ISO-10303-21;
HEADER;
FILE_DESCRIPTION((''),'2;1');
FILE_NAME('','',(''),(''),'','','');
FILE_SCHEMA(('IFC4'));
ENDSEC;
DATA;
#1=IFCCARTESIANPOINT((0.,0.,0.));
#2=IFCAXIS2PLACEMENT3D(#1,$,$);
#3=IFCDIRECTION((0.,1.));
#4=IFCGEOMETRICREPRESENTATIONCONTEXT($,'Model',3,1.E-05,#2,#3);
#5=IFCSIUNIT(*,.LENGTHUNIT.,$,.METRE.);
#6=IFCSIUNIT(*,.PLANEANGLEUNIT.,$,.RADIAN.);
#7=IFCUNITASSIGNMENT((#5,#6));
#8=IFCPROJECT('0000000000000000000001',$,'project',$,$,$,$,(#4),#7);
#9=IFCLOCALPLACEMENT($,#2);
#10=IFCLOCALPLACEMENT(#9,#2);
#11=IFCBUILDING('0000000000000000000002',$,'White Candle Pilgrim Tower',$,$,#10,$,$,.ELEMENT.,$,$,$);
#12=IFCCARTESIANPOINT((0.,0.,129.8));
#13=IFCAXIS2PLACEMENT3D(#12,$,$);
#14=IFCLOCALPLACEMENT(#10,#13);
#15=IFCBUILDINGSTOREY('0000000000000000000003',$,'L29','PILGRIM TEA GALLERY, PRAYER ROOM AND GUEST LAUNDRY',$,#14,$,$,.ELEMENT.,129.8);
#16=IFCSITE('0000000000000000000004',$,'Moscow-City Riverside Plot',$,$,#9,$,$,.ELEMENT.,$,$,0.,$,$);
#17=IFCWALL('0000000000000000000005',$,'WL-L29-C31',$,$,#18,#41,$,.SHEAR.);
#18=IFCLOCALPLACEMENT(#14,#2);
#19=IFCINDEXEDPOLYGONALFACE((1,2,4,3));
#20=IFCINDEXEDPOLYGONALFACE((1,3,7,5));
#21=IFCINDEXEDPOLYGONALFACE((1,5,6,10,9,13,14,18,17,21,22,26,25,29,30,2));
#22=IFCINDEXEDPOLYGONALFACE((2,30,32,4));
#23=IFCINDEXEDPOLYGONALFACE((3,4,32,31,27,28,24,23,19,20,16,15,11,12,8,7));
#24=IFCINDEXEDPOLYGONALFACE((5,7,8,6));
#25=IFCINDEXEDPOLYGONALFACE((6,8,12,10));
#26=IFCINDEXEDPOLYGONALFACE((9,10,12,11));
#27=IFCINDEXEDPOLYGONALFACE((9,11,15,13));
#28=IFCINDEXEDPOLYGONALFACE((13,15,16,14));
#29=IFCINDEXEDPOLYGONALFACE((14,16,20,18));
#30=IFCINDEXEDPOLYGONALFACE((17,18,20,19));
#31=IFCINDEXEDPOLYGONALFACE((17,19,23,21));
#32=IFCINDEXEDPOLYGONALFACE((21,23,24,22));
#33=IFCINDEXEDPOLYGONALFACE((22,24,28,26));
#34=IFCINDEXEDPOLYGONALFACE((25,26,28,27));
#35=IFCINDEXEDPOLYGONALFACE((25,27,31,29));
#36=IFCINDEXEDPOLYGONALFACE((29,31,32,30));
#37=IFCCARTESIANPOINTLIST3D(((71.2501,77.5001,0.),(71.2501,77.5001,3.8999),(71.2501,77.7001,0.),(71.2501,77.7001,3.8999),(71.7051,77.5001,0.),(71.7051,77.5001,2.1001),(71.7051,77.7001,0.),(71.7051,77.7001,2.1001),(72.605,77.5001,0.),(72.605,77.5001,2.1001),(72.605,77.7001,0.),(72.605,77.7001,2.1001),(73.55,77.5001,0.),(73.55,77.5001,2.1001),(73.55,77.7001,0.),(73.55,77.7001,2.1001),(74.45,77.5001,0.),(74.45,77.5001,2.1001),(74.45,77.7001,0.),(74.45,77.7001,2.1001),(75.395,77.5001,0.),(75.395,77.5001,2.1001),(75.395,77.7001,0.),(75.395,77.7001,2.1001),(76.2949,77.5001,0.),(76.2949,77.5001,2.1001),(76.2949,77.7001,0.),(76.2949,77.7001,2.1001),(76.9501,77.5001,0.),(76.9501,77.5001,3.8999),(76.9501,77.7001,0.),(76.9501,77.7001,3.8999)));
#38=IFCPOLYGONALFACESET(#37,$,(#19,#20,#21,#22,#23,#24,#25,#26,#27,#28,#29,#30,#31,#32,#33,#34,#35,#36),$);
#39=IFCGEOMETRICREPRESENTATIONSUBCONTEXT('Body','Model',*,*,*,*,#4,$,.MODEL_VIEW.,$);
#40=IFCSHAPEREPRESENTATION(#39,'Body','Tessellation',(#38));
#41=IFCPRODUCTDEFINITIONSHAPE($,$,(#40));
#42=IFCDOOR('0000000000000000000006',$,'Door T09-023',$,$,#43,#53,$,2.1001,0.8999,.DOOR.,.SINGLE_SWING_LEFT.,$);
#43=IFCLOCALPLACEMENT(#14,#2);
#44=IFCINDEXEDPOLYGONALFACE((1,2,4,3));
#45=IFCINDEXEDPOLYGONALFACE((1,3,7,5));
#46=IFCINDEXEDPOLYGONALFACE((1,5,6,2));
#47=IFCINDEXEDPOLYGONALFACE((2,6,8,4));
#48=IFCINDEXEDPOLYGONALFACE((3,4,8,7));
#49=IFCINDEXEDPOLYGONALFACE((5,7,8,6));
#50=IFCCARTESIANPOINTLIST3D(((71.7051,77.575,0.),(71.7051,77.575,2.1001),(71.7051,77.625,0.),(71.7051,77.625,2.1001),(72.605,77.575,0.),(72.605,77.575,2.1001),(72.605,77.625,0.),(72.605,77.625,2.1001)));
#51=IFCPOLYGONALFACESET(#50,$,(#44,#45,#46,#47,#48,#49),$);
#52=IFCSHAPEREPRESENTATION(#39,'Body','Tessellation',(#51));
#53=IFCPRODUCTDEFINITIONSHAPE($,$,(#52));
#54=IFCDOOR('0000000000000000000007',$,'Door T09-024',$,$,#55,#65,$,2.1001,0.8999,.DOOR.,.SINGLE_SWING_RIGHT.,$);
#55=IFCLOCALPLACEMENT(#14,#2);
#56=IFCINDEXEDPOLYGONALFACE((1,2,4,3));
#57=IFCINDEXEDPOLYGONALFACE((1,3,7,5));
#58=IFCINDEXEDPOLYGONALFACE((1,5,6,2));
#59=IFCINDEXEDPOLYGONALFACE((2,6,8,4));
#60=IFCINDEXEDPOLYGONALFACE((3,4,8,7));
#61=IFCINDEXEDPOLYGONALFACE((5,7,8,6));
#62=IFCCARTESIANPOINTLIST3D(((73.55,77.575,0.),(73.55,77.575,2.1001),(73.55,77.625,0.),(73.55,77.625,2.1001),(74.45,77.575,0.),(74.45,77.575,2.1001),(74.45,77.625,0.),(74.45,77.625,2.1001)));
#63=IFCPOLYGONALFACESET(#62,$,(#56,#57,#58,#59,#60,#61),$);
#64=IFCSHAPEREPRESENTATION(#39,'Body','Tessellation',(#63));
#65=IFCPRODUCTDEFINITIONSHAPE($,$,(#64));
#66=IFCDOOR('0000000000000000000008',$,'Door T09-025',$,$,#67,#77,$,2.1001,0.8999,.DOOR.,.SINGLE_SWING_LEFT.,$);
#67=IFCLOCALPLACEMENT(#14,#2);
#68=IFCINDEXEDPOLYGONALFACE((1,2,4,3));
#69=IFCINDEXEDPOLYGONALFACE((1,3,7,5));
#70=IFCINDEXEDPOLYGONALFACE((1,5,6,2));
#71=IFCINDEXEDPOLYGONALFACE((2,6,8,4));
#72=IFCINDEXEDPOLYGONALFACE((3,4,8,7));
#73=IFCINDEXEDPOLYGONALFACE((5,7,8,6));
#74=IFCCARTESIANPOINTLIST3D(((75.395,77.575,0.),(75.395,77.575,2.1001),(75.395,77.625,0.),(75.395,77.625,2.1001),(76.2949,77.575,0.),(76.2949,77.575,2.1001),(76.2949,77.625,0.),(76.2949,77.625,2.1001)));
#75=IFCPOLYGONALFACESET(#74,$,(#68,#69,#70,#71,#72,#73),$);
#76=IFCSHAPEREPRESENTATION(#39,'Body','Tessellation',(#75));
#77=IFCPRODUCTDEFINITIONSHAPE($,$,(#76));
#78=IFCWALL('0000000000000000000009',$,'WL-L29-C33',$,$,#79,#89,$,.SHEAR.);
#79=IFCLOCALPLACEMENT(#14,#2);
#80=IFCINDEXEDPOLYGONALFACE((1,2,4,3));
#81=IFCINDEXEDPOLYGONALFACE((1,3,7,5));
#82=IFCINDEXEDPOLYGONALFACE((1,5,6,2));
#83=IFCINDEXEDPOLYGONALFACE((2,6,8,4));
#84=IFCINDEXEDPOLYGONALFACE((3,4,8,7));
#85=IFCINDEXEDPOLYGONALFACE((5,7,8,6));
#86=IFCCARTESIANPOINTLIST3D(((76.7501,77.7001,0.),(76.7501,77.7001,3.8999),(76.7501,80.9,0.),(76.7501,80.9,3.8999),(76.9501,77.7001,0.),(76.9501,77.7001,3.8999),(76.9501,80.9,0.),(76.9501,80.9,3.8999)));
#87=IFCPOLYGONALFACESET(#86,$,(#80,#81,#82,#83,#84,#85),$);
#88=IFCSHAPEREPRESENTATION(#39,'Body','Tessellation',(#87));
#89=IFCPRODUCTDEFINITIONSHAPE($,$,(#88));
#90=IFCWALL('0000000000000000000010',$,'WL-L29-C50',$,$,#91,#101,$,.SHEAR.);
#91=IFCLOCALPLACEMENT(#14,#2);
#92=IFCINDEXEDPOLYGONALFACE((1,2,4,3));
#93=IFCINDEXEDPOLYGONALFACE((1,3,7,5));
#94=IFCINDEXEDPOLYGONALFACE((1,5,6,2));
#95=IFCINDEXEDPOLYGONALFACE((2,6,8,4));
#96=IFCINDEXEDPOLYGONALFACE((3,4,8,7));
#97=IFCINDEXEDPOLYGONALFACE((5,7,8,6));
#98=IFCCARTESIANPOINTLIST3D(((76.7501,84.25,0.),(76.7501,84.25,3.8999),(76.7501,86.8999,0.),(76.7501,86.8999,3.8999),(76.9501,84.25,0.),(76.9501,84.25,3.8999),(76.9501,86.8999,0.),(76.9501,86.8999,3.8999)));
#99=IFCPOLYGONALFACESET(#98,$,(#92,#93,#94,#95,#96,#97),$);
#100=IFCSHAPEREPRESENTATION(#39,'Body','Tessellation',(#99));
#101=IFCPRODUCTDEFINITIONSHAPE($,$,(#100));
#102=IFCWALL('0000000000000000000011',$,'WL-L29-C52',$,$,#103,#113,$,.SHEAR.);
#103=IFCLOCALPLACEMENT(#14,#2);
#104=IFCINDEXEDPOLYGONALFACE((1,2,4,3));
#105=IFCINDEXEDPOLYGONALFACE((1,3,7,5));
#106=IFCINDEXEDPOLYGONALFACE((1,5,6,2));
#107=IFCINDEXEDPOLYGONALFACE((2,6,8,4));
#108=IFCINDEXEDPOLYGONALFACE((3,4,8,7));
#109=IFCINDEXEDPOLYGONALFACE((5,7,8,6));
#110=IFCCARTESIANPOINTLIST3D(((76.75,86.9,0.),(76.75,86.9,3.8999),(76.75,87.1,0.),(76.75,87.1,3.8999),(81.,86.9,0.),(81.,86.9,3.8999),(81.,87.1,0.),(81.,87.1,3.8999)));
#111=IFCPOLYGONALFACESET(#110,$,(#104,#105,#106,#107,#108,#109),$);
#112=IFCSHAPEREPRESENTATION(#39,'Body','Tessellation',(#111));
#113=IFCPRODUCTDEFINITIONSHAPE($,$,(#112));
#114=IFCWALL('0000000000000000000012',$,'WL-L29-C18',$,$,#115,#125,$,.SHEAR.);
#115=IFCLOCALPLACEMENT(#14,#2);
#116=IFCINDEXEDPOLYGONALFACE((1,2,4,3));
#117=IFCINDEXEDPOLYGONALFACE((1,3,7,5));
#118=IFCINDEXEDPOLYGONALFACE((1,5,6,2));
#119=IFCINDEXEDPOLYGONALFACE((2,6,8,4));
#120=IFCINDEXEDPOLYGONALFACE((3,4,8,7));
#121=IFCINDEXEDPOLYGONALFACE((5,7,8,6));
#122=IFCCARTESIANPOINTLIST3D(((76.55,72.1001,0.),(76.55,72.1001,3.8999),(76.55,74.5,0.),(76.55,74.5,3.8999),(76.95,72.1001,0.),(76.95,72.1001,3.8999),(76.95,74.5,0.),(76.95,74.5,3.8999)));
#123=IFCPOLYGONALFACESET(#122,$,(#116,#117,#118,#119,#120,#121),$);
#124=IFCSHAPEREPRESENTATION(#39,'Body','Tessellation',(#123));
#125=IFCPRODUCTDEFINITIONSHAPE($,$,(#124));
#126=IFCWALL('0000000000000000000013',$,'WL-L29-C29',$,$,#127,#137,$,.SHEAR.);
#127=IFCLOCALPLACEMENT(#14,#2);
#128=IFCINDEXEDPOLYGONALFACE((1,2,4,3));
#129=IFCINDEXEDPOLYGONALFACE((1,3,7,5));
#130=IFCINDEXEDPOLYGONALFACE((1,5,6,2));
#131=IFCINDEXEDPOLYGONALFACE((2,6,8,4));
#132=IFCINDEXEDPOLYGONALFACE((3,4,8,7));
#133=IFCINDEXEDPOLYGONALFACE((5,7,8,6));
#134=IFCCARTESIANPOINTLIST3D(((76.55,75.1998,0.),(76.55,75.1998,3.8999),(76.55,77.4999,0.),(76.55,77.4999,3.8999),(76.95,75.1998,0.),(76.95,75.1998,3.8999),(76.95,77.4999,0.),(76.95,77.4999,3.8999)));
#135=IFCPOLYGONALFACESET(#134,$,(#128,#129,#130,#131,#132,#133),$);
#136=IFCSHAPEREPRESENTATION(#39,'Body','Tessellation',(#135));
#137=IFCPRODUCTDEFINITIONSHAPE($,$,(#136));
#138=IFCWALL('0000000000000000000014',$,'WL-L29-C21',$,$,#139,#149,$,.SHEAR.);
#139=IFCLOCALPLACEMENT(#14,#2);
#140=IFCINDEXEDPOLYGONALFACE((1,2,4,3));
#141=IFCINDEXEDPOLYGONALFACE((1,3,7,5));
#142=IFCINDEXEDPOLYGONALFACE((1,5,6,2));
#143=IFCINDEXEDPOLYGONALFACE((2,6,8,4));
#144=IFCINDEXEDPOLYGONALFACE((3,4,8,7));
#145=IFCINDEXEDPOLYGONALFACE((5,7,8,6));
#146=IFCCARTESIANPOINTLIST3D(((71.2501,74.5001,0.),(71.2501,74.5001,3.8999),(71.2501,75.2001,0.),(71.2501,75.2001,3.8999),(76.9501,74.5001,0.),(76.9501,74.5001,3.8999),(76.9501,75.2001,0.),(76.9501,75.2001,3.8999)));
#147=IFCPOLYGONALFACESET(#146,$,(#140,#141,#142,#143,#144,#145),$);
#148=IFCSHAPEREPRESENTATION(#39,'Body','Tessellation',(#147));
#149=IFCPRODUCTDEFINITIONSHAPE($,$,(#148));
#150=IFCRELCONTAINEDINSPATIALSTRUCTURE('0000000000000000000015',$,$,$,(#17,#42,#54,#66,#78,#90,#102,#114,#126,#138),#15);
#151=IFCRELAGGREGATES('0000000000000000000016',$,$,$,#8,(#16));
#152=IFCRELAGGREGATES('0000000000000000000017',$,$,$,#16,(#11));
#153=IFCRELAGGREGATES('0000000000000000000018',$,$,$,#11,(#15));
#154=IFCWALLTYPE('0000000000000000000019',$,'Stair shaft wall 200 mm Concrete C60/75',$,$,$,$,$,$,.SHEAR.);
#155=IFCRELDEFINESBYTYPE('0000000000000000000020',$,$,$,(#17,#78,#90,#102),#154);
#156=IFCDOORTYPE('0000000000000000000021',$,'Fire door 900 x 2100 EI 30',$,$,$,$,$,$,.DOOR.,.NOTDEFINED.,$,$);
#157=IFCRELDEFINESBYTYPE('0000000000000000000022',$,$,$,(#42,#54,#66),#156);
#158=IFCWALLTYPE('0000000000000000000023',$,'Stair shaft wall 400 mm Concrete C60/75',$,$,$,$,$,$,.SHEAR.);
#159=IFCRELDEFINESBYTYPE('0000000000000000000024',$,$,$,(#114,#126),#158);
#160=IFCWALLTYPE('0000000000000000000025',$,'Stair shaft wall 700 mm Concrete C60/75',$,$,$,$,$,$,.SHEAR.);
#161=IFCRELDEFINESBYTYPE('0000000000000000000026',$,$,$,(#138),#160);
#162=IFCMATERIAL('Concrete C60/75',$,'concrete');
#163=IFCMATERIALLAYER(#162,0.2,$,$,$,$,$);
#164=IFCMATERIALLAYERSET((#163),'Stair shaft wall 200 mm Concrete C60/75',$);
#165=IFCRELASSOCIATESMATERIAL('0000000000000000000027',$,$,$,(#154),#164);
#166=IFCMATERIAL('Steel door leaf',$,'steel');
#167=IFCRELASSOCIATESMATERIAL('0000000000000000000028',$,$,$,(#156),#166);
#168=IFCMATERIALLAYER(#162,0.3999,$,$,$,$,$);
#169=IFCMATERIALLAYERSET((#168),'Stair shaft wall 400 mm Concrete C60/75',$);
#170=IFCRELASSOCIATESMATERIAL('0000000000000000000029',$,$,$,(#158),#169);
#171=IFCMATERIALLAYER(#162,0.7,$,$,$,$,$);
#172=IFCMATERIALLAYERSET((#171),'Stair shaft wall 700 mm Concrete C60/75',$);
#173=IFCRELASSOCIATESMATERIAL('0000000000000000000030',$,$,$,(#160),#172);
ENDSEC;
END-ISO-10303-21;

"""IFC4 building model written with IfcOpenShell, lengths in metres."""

from ifc_helpers import new_model, si_unit, direction, frame, frame_2d, origin, place, context, subcontext, project, spatial, rectangle, extrude, material, layer, layer_set, type_object, element, fill, save


model = new_model("IFC4")

# Units and contexts
model_context = context("Model", 3, precision=1e-05, world=origin(), true_north=direction((0.0, 1.0)))
body_context = subcontext(model_context, "Body", "Model", "MODEL_VIEW")
ifc_project = project(units=[si_unit("LENGTHUNIT", "METRE"), si_unit("PLANEANGLEUNIT", "RADIAN")], contexts=[model_context])

# Site, building, storey
site_placement = place(None, origin())
site = spatial("IfcSite", under=ifc_project, at=site_placement, Name="Moscow-City Riverside Plot", CompositionType="ELEMENT", RefElevation=0.0)
building_placement = place(site_placement, origin())
building = spatial("IfcBuilding", under=site, at=building_placement, Name="White Candle Pilgrim Tower", CompositionType="ELEMENT")
storey_placement = place(building_placement, frame((0.0, 0.0, 129.8)))
storey = spatial("IfcBuildingStorey", under=building, at=storey_placement, Name="L29", Description="PILGRIM TEA GALLERY, PRAYER ROOM AND GUEST LAUNDRY", CompositionType="ELEMENT", Elevation=129.8)

# Shared definitions
ifc_material_1 = material(Name="Concrete C60/75", Category="concrete")

# Wall, openings, doors
ifc_layer_1 = layer(ifc_material_1, 0.2)
ifc_layer_set_1 = layer_set([ifc_layer_1], Name="Stair shaft wall 200 mm Concrete C60/75")
wall_type_1 = type_object("IfcWallType", Name="Stair shaft wall 200 mm Concrete C60/75", PredefinedType="SHEAR", material=ifc_layer_set_1)
wall_1_placement = place(storey_placement, frame((71.25, 77.6001, 0.0), z_axis=(0.0, 0.0, 1.0), x_axis=(1.0, 0.0, 0.0)))
wall_1 = element("IfcWall", 1, at=wall_1_placement, inside=storey, type_object=wall_type_1, Name="WL-L29-C31", PredefinedType="SHEAR", context=body_context, shape_type="SweptSolid", body=[
    extrude(rectangle(XDim=5.7, YDim=0.2, at=frame_2d((2.8501, 0.0))), origin(), (0.0, 0.0, 1.0), 3.8999),
])
opening_1_placement = place(wall_1_placement, frame((0.4551, 0.0, 0.0)))
opening_1 = element("IfcOpeningElement", 2, at=opening_1_placement, cuts=wall_1, PredefinedType="OPENING", context=body_context, shape_type="SweptSolid", body=[
    extrude(rectangle(XDim=0.8999, YDim=2.1001, at=frame_2d((0.45, 1.05))), frame((0.0, 0.1099, 0.0), z_axis=(0.0, -1.0, 0.0), x_axis=(1.0, 0.0, 0.0)), (0.0, 0.0, 1.0), 0.22),
])
opening_2_placement = place(wall_1_placement, frame((2.3, 0.0, 0.0)))
opening_2 = element("IfcOpeningElement", 3, at=opening_2_placement, cuts=wall_1, PredefinedType="OPENING", context=body_context, shape_type="SweptSolid", body=[
    extrude(rectangle(XDim=0.8999, YDim=2.1001, at=frame_2d((0.45, 1.05))), frame((0.0, 0.1099, 0.0), z_axis=(0.0, -1.0, 0.0), x_axis=(1.0, 0.0, 0.0)), (0.0, 0.0, 1.0), 0.22),
])
opening_3_placement = place(wall_1_placement, frame((4.145, 0.0, 0.0)))
opening_3 = element("IfcOpeningElement", 4, at=opening_3_placement, cuts=wall_1, PredefinedType="OPENING", context=body_context, shape_type="SweptSolid", body=[
    extrude(rectangle(XDim=0.8999, YDim=2.1001, at=frame_2d((0.45, 1.05))), frame((0.0, 0.1099, 0.0), z_axis=(0.0, -1.0, 0.0), x_axis=(1.0, 0.0, 0.0)), (0.0, 0.0, 1.0), 0.22),
])
ifc_material_2 = material(Name="Steel door leaf", Category="steel")
door_type = type_object("IfcDoorType", Name="Fire door 900 x 2100 EI 30", OperationType="NOTDEFINED", PredefinedType="DOOR", material=ifc_material_2)
door_1_placement = place(opening_1_placement, origin())
door_1 = element("IfcDoor", 5, at=door_1_placement, inside=storey, type_object=door_type, Name="Door T09-023", OperationType="SINGLE_SWING_LEFT", OverallHeight=2.1001, OverallWidth=0.8999, PredefinedType="DOOR", context=body_context, shape_type="SweptSolid", body=[
    extrude(rectangle(XDim=0.8999, YDim=2.1001, at=frame_2d((0.45, 1.05))), frame((0.0, 0.0249, 0.0), z_axis=(0.0, -1.0, 0.0), x_axis=(1.0, 0.0, 0.0)), (0.0, 0.0, 1.0), 0.05),
])
fill(opening_1, door_1)
door_2_placement = place(opening_2_placement, origin())
door_2 = element("IfcDoor", 6, at=door_2_placement, inside=storey, type_object=door_type, Name="Door T09-024", OperationType="SINGLE_SWING_RIGHT", OverallHeight=2.1001, OverallWidth=0.8999, PredefinedType="DOOR", context=body_context, shape_type="SweptSolid", body=[
    extrude(rectangle(XDim=0.8999, YDim=2.1001, at=frame_2d((0.45, 1.05))), frame((0.0, 0.0249, 0.0), z_axis=(0.0, -1.0, 0.0), x_axis=(1.0, 0.0, 0.0)), (0.0, 0.0, 1.0), 0.05),
])
fill(opening_2, door_2)
door_3_placement = place(opening_3_placement, origin())
door_3 = element("IfcDoor", 7, at=door_3_placement, inside=storey, type_object=door_type, Name="Door T09-025", OperationType="SINGLE_SWING_LEFT", OverallHeight=2.1001, OverallWidth=0.8999, PredefinedType="DOOR", context=body_context, shape_type="SweptSolid", body=[
    extrude(rectangle(XDim=0.8999, YDim=2.1001, at=frame_2d((0.45, 1.05))), frame((0.0, 0.0249, 0.0), z_axis=(0.0, -1.0, 0.0), x_axis=(1.0, 0.0, 0.0)), (0.0, 0.0, 1.0), 0.05),
])
fill(opening_3, door_3)

# Walls
wall_2_placement = place(storey_placement, frame((76.8501, 77.7, 0.0), z_axis=(0.0, 0.0, 1.0), x_axis=(0.0, 1.0, 0.0)))
element("IfcWall", 8, at=wall_2_placement, inside=storey, type_object=wall_type_1, Name="WL-L29-C33", PredefinedType="SHEAR", context=body_context, shape_type="SweptSolid", body=[
    extrude(rectangle(XDim=3.2, YDim=0.2, at=frame_2d((1.6001, 0.0))), origin(), (0.0, 0.0, 1.0), 3.8999),
])
wall_3_placement = place(storey_placement, frame((76.8501, 84.25, 0.0), z_axis=(0.0, 0.0, 1.0), x_axis=(0.0, 1.0, 0.0)))
element("IfcWall", 9, at=wall_3_placement, inside=storey, type_object=wall_type_1, Name="WL-L29-C50", PredefinedType="SHEAR", context=body_context, shape_type="SweptSolid", body=[
    extrude(rectangle(XDim=2.6499, YDim=0.2, at=frame_2d((1.325, 0.0))), origin(), (0.0, 0.0, 1.0), 3.8999),
])
wall_4_placement = place(storey_placement, frame((76.75, 87.0, 0.0), z_axis=(0.0, 0.0, 1.0), x_axis=(1.0, 0.0, 0.0)))
element("IfcWall", 10, at=wall_4_placement, inside=storey, type_object=wall_type_1, Name="WL-L29-C52", PredefinedType="SHEAR", context=body_context, shape_type="SweptSolid", body=[
    extrude(rectangle(XDim=4.25, YDim=0.2, at=frame_2d((2.125, 0.0))), origin(), (0.0, 0.0, 1.0), 3.8999),
])
ifc_layer_2 = layer(ifc_material_1, 0.3999)
ifc_layer_set_2 = layer_set([ifc_layer_2], Name="Stair shaft wall 400 mm Concrete C60/75")
wall_type_2 = type_object("IfcWallType", Name="Stair shaft wall 400 mm Concrete C60/75", PredefinedType="SHEAR", material=ifc_layer_set_2)
wall_5_placement = place(storey_placement, frame((76.75, 72.1001, 0.0), z_axis=(0.0, 0.0, 1.0), x_axis=(0.0, 1.0, 0.0)))
element("IfcWall", 11, at=wall_5_placement, inside=storey, type_object=wall_type_2, Name="WL-L29-C18", PredefinedType="SHEAR", context=body_context, shape_type="SweptSolid", body=[
    extrude(rectangle(XDim=2.3999, YDim=0.3999, at=frame_2d((1.2, 0.0))), origin(), (0.0, 0.0, 1.0), 3.8999),
])
wall_6_placement = place(storey_placement, frame((76.75, 75.2, 0.0), z_axis=(0.0, 0.0, 1.0), x_axis=(0.0, 1.0, 0.0)))
element("IfcWall", 12, at=wall_6_placement, inside=storey, type_object=wall_type_2, Name="WL-L29-C29", PredefinedType="SHEAR", context=body_context, shape_type="SweptSolid", body=[
    extrude(rectangle(XDim=2.3, YDim=0.3999, at=frame_2d((1.1499, 0.0))), origin(), (0.0, 0.0, 1.0), 3.8999),
])
ifc_layer_3 = layer(ifc_material_1, 0.7)
ifc_layer_set_3 = layer_set([ifc_layer_3], Name="Stair shaft wall 700 mm Concrete C60/75")
wall_type_3 = type_object("IfcWallType", Name="Stair shaft wall 700 mm Concrete C60/75", PredefinedType="SHEAR", material=ifc_layer_set_3)
wall_7_placement = place(storey_placement, frame((71.25, 74.8501, 0.0), z_axis=(0.0, 0.0, 1.0), x_axis=(1.0, 0.0, 0.0)))
element("IfcWall", 13, at=wall_7_placement, inside=storey, type_object=wall_type_3, Name="WL-L29-C21", PredefinedType="SHEAR", context=body_context, shape_type="SweptSolid", body=[
    extrude(rectangle(XDim=5.7, YDim=0.7, at=frame_2d((2.8501, 0.0))), origin(), (0.0, 0.0, 1.0), 3.8999),
])

save(model, "model.ifc")
